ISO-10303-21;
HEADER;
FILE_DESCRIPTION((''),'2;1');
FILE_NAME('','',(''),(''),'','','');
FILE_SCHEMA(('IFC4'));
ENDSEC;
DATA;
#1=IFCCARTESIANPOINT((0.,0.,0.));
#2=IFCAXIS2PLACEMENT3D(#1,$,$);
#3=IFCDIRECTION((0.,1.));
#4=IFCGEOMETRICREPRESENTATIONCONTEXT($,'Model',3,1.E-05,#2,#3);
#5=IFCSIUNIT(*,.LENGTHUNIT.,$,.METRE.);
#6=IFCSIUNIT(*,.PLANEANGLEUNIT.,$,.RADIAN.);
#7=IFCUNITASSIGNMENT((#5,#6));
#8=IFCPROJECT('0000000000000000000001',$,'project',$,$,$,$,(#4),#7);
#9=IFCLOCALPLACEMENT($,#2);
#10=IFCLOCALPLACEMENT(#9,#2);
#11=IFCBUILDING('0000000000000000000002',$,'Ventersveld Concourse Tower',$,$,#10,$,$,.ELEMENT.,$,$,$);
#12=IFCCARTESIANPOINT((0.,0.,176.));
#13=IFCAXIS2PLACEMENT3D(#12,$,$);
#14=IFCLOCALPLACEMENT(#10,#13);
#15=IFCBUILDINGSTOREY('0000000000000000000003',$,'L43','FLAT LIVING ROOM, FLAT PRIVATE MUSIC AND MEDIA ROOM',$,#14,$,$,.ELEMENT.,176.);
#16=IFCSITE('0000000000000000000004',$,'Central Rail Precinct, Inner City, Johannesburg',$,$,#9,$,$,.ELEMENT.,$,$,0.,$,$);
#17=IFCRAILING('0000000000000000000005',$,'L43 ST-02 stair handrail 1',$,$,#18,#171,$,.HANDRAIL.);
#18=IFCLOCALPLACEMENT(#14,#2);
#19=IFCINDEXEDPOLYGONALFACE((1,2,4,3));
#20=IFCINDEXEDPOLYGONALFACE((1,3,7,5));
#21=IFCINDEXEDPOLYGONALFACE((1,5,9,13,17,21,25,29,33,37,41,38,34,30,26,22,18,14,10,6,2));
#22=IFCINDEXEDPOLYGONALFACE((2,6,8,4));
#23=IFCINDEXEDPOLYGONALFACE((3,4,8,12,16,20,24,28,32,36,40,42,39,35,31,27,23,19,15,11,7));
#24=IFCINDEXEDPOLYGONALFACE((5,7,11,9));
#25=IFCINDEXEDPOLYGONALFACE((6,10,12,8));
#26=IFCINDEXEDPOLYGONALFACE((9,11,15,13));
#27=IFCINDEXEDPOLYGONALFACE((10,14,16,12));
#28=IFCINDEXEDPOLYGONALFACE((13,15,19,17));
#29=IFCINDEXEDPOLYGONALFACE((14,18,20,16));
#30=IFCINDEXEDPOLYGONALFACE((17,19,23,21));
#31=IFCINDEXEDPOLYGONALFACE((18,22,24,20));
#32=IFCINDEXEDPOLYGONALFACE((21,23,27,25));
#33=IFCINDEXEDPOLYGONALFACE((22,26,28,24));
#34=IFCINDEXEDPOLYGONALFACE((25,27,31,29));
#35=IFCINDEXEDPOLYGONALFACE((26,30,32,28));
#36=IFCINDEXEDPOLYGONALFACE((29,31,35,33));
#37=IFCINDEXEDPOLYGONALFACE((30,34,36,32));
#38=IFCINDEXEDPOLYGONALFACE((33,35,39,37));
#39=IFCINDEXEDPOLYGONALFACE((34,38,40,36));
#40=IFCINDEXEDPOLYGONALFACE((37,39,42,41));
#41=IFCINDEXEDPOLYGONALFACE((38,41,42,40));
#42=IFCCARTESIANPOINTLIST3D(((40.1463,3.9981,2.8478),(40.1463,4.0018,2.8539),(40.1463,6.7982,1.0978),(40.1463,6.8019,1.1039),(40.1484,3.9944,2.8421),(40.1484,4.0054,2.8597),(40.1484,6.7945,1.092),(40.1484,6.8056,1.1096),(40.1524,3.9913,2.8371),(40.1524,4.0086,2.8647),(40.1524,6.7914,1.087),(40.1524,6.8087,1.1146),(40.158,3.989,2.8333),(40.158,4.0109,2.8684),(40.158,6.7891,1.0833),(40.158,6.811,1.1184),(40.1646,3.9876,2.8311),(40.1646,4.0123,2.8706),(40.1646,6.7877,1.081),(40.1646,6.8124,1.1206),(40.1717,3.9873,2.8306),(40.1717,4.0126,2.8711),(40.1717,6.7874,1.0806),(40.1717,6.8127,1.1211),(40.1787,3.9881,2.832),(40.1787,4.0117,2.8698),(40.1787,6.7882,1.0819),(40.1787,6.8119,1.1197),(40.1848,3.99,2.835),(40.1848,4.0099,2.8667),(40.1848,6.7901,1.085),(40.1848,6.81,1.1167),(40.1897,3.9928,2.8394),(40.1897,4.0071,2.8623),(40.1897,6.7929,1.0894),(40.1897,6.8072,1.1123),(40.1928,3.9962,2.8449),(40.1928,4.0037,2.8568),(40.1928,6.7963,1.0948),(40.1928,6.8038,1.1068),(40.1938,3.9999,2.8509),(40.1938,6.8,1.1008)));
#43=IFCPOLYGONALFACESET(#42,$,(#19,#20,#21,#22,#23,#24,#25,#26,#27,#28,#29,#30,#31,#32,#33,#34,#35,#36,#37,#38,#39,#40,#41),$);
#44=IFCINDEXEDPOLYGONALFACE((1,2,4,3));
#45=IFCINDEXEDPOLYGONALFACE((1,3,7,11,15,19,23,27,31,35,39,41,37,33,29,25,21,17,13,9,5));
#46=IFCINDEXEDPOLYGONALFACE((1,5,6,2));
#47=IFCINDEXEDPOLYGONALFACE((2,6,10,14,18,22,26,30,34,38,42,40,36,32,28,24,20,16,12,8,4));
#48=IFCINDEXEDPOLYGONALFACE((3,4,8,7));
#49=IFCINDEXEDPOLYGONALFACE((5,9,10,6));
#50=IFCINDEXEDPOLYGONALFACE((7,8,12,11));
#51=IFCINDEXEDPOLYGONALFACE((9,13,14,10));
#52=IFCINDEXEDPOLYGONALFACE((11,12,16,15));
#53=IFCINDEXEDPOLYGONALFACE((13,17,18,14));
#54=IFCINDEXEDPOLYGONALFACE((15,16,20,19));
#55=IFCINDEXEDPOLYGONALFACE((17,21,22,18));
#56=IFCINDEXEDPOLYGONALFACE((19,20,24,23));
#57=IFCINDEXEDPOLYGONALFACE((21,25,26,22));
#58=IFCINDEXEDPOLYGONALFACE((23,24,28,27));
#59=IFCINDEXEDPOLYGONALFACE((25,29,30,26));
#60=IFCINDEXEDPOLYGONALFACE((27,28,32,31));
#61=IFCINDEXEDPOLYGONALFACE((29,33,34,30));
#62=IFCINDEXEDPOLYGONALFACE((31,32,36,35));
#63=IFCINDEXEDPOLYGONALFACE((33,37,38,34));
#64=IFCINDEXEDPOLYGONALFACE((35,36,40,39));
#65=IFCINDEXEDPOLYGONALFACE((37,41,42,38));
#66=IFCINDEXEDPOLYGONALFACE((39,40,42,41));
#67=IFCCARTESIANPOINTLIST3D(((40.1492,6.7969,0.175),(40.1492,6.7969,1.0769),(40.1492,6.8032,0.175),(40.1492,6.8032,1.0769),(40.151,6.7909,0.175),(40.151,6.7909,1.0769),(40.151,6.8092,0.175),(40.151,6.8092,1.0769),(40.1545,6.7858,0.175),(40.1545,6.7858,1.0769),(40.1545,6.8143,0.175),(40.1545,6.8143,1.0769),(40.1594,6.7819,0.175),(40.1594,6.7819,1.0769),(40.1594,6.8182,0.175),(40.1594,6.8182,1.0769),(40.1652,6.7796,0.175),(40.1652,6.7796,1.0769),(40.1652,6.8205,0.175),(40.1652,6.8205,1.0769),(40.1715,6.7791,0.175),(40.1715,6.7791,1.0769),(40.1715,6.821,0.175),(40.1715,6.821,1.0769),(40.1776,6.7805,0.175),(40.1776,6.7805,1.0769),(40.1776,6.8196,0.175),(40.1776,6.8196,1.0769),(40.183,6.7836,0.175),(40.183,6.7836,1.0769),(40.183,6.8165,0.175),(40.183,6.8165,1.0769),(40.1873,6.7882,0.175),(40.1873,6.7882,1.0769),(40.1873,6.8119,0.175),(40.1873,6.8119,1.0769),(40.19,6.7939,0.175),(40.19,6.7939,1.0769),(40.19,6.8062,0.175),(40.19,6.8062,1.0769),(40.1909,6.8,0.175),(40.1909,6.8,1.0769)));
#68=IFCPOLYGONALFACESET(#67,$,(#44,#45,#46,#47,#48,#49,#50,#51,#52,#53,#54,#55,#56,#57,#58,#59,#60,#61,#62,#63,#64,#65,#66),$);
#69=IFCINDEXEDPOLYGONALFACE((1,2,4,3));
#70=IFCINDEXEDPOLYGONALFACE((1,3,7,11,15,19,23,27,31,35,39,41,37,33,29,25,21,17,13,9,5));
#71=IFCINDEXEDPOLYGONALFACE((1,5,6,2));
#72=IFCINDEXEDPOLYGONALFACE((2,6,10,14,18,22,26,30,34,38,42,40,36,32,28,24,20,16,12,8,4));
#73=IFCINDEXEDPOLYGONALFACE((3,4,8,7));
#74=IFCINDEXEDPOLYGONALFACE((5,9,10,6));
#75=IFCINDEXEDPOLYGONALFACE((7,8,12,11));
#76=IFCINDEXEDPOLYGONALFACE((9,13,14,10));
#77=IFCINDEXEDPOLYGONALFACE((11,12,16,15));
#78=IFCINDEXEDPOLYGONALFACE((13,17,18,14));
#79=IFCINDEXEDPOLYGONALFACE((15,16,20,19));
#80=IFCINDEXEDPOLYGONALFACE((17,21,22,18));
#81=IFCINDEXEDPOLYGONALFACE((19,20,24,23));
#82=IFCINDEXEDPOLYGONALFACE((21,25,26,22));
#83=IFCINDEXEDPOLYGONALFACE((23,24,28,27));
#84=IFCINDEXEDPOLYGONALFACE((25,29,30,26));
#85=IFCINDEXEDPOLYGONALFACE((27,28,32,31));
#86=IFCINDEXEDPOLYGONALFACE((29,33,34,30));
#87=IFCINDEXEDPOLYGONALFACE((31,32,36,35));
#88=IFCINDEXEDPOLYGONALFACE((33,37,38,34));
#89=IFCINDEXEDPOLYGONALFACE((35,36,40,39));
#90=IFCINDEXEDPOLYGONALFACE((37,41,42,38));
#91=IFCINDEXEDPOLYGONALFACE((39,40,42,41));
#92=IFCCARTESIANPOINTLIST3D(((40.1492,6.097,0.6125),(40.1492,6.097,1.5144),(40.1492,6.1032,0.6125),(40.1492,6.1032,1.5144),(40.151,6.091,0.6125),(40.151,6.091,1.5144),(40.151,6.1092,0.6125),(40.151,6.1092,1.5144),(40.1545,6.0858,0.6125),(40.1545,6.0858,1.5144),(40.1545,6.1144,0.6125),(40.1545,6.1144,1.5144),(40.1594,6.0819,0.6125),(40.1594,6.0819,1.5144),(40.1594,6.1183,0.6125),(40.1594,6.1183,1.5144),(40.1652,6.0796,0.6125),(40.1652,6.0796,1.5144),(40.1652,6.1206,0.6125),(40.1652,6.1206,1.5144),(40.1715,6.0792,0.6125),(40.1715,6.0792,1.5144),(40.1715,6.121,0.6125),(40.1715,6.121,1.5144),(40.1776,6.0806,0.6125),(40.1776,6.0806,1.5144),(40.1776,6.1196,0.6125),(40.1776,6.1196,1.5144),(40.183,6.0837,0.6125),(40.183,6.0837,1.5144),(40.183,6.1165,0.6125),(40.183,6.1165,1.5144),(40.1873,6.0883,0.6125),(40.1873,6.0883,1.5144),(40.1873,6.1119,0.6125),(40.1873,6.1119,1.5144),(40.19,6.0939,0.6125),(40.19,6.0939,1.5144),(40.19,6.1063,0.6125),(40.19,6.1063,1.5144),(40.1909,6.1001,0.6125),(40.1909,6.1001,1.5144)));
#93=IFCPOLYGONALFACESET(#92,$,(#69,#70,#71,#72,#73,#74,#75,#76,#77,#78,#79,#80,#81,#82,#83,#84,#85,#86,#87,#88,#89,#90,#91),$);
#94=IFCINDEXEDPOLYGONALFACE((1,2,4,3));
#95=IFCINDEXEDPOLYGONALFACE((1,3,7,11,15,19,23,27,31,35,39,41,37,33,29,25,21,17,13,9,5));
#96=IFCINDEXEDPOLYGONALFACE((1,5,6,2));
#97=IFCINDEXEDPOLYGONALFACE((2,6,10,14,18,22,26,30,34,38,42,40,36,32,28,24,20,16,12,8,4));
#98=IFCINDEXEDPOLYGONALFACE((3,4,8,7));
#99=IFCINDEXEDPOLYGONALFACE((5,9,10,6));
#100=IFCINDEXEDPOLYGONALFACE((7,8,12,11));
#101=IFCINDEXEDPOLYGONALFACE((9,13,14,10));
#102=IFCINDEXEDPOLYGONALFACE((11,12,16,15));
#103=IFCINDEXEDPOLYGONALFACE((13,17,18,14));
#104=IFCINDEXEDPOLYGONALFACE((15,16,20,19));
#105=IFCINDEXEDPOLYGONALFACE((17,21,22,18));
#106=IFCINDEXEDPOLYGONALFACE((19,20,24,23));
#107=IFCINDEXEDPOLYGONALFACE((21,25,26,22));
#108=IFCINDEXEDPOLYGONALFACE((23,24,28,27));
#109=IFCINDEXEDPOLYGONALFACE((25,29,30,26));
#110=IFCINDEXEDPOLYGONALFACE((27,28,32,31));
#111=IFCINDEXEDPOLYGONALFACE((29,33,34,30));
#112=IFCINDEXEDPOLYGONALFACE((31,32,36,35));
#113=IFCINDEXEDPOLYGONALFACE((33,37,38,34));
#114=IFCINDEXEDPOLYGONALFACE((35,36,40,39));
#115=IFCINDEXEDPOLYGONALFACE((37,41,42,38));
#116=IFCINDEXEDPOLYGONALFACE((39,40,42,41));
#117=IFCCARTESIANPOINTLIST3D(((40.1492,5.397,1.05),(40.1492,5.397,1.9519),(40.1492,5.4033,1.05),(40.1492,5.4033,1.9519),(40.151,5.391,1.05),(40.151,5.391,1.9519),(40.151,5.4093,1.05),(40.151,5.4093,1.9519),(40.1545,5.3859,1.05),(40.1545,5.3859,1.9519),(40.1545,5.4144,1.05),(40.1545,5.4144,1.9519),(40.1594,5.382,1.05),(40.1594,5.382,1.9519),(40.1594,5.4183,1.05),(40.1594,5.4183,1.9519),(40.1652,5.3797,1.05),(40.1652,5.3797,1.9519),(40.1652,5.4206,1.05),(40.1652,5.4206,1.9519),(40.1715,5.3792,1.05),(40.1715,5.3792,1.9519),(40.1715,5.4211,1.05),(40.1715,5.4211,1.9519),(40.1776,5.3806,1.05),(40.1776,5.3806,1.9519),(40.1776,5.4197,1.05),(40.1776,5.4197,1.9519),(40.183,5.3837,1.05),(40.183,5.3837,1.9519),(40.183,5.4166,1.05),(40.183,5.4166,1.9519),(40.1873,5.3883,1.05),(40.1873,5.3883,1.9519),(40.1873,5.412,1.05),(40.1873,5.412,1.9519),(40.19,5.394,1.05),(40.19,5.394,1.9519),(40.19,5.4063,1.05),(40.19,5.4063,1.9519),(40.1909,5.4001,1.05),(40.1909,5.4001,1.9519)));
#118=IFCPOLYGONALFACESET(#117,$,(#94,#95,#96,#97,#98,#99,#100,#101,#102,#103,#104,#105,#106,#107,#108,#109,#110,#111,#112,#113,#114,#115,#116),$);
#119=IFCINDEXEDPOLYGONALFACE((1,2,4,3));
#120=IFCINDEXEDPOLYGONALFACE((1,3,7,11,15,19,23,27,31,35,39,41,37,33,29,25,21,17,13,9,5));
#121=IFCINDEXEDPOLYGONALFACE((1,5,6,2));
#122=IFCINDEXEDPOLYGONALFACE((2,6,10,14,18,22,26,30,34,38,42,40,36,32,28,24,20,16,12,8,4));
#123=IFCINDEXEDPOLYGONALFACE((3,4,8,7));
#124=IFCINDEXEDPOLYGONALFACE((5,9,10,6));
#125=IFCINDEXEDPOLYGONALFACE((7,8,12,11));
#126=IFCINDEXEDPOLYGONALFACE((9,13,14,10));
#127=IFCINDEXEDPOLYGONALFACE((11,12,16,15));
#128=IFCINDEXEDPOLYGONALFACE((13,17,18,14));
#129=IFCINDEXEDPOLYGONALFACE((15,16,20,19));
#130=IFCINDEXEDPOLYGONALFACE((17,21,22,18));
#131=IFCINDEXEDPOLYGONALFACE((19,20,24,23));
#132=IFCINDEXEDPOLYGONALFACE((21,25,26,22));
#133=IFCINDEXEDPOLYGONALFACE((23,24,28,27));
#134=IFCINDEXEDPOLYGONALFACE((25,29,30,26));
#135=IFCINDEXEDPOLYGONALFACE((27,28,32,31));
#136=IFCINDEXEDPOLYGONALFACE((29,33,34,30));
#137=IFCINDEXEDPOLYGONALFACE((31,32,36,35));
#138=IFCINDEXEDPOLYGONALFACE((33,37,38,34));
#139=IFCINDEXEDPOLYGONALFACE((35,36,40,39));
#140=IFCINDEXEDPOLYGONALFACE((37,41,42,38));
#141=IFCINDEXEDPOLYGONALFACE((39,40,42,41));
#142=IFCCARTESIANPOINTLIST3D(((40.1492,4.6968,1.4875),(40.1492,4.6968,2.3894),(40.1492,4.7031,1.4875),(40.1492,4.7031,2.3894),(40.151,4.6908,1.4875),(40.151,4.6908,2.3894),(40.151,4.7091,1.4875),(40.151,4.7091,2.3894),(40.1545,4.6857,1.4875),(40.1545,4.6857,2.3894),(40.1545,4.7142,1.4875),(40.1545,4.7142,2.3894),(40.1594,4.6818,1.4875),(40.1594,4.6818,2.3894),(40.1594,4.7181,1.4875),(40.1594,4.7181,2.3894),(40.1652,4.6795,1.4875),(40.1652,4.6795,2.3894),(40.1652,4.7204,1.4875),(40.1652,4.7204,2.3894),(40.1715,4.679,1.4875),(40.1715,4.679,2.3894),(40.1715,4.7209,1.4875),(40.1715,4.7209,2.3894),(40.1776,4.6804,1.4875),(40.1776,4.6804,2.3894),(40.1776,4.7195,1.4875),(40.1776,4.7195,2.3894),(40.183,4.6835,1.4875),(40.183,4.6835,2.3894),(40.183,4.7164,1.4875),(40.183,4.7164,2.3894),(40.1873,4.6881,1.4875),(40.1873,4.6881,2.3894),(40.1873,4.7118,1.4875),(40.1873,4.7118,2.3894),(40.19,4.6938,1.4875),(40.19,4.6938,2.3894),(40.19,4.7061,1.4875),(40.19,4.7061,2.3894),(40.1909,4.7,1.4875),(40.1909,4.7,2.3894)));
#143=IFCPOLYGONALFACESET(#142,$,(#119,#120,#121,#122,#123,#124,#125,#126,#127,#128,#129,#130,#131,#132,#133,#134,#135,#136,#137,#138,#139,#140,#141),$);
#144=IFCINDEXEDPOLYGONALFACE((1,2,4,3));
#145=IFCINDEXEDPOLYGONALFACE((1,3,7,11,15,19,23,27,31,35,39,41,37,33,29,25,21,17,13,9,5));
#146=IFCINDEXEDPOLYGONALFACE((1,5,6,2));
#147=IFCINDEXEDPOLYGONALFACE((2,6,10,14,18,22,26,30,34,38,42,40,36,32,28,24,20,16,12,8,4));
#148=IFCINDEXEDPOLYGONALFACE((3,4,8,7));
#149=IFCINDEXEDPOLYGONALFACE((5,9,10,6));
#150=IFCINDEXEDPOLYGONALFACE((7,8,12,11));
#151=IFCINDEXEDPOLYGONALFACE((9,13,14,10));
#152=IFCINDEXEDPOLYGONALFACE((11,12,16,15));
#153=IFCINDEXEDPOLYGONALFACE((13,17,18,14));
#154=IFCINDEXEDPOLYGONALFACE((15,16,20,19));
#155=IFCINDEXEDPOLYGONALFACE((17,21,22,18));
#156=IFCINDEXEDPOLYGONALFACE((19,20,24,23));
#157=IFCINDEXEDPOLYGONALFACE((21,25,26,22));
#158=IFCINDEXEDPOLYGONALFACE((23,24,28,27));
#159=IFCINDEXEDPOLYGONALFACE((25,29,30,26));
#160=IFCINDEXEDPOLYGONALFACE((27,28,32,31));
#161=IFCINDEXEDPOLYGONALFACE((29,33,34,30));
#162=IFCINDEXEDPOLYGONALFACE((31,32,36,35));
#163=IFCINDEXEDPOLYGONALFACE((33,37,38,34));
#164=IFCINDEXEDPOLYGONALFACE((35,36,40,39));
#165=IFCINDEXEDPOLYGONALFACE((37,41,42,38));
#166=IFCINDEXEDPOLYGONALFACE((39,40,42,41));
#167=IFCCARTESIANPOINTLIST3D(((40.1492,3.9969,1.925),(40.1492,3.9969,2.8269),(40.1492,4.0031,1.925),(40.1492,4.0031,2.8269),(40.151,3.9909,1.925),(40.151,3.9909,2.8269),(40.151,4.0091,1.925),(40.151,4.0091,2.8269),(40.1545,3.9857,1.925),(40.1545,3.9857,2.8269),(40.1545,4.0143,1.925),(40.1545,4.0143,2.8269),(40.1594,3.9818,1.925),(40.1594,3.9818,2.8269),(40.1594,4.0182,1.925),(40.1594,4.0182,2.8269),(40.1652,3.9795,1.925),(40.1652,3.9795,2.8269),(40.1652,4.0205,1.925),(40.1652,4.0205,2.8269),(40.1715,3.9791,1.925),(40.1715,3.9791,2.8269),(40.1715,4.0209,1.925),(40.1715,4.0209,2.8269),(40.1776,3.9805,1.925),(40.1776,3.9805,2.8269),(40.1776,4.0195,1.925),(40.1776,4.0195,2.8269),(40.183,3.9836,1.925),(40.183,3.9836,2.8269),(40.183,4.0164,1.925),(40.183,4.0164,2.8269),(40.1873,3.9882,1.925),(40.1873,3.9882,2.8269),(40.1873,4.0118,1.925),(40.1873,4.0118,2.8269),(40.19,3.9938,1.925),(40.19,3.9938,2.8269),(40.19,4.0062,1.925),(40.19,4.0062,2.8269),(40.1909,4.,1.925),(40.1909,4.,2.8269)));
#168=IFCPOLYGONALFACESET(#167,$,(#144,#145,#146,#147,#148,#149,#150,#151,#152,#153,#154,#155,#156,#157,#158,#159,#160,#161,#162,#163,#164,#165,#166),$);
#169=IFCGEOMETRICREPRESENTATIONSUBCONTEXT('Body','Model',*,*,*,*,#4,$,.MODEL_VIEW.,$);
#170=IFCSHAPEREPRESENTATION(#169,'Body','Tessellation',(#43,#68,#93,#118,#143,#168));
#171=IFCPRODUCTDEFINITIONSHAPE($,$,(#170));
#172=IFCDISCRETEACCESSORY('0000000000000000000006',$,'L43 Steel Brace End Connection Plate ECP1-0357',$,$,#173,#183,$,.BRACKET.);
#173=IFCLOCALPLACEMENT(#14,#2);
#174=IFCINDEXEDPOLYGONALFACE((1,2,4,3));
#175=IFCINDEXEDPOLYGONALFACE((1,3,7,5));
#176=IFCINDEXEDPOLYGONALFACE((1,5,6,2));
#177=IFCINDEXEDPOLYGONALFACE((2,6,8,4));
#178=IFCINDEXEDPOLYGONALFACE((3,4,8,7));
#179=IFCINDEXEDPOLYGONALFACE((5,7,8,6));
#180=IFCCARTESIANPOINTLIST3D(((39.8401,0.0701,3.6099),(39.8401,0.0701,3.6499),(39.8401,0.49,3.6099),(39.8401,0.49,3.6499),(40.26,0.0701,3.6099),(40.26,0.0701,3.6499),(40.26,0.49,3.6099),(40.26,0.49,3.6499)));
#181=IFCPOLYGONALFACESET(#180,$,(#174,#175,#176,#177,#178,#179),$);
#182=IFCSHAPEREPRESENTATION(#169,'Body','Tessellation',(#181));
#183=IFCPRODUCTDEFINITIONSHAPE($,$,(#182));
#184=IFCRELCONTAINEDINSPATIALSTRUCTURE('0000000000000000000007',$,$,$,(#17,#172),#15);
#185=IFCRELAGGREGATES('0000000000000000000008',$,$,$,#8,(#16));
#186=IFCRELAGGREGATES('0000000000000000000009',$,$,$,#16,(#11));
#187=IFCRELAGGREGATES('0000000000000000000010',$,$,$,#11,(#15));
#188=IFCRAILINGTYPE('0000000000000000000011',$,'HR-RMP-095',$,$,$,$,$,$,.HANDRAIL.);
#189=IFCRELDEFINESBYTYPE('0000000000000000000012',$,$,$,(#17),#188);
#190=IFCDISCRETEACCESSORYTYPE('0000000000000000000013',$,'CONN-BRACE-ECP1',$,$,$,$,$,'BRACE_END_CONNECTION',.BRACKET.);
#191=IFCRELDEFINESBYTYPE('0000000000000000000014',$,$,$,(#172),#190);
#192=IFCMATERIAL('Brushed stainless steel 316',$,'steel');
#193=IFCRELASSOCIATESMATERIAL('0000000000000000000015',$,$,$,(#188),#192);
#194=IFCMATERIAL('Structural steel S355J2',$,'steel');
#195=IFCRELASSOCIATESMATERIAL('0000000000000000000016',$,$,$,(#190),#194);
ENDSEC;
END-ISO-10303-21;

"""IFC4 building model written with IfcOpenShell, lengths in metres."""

from ifc_helpers import new_model, si_unit, direction, frame, origin, origin_2d, place, context, subcontext, project, spatial, rectangle, circle, extrude, material, type_object, element, save


model = new_model("IFC4")

# Units and contexts
model_context = context("Model", 3, precision=1e-05, world=origin(), true_north=direction((0.0, 1.0)))
body_context = subcontext(model_context, "Body", "Model", "MODEL_VIEW")
ifc_project = project(units=[si_unit("LENGTHUNIT", "METRE"), si_unit("PLANEANGLEUNIT", "RADIAN")], contexts=[model_context])

# Site, building, storey
site_placement = place(None, origin())
site = spatial("IfcSite", under=ifc_project, at=site_placement, Name="Central Rail Precinct, Inner City, Johannesburg", CompositionType="ELEMENT", RefElevation=0.0)
building_placement = place(site_placement, origin())
building = spatial("IfcBuilding", under=site, at=building_placement, Name="Ventersveld Concourse Tower", CompositionType="ELEMENT")
storey_placement = place(building_placement, frame((0.0, 0.0, 176.0)))
storey = spatial("IfcBuildingStorey", under=building, at=storey_placement, Name="L43", Description="FLAT LIVING ROOM, FLAT PRIVATE MUSIC AND MEDIA ROOM", CompositionType="ELEMENT", Elevation=176.0)

# Shared definitions
ifc_material_1 = material(Name="Structural steel S355J2", Category="steel")

# Shared definitions
ifc_material_2 = material(Name="Brushed stainless steel 316", Category="steel")

# Railing
railing_type_1 = type_object("IfcRailingType", Name="HR-RMP-095", PredefinedType="HANDRAIL", material=ifc_material_2)
railing_1_placement = place(storey_placement, frame((40.1699, 6.8, 0.175)))
element("IfcRailing", 1, at=railing_1_placement, inside=storey, type_object=railing_type_1, Name="L43 ST-02 stair handrail 1", PredefinedType="HANDRAIL", context=body_context, shape_type="SweptSolid", body=[
    extrude(circle(Radius=0.0239, at=origin_2d()), frame((0.0, 0.0, 0.9258), z_axis=(0.0, -0.848002, 0.529992), x_axis=(1.0, 0.0, 0.0)), (0.0, 0.0, 1.0), 3.302),
    extrude(circle(Radius=0.021, at=origin_2d()), origin(), (0.0, 0.0, 1.0), 0.9019),
    extrude(circle(Radius=0.021, at=origin_2d()), frame((0.0, -0.7, 0.4375)), (0.0, 0.0, 1.0), 0.9019),
    extrude(circle(Radius=0.021, at=origin_2d()), frame((0.0, -1.3999, 0.875)), (0.0, 0.0, 1.0), 0.9019),
    extrude(circle(Radius=0.021, at=origin_2d()), frame((0.0, -2.1001, 1.3125)), (0.0, 0.0, 1.0), 0.9019),
    extrude(circle(Radius=0.021, at=origin_2d()), frame((0.0, -2.8, 1.75)), (0.0, 0.0, 1.0), 0.9019),
])

# Discrete accessory
discrete_accessory_type = type_object("IfcDiscreteAccessoryType", Name="CONN-BRACE-ECP1", ElementType="BRACE_END_CONNECTION", PredefinedType="BRACKET", material=ifc_material_1)
discrete_accessory_placement = place(storey_placement, frame((40.05, 0.28, 3.6099), z_axis=(0.0, 0.0, 1.0), x_axis=(1.0, 0.0, 0.0)))
element("IfcDiscreteAccessory", 2, at=discrete_accessory_placement, inside=storey, type_object=discrete_accessory_type, Name="L43 Steel Brace End Connection Plate ECP1-0357", PredefinedType="BRACKET", context=body_context, shape_type="SweptSolid", body=[
    extrude(rectangle(XDim=0.4199, YDim=0.4199, at=origin_2d()), origin(), (0.0, 0.0, 1.0), 0.04),
])

save(model, "model.ifc")
